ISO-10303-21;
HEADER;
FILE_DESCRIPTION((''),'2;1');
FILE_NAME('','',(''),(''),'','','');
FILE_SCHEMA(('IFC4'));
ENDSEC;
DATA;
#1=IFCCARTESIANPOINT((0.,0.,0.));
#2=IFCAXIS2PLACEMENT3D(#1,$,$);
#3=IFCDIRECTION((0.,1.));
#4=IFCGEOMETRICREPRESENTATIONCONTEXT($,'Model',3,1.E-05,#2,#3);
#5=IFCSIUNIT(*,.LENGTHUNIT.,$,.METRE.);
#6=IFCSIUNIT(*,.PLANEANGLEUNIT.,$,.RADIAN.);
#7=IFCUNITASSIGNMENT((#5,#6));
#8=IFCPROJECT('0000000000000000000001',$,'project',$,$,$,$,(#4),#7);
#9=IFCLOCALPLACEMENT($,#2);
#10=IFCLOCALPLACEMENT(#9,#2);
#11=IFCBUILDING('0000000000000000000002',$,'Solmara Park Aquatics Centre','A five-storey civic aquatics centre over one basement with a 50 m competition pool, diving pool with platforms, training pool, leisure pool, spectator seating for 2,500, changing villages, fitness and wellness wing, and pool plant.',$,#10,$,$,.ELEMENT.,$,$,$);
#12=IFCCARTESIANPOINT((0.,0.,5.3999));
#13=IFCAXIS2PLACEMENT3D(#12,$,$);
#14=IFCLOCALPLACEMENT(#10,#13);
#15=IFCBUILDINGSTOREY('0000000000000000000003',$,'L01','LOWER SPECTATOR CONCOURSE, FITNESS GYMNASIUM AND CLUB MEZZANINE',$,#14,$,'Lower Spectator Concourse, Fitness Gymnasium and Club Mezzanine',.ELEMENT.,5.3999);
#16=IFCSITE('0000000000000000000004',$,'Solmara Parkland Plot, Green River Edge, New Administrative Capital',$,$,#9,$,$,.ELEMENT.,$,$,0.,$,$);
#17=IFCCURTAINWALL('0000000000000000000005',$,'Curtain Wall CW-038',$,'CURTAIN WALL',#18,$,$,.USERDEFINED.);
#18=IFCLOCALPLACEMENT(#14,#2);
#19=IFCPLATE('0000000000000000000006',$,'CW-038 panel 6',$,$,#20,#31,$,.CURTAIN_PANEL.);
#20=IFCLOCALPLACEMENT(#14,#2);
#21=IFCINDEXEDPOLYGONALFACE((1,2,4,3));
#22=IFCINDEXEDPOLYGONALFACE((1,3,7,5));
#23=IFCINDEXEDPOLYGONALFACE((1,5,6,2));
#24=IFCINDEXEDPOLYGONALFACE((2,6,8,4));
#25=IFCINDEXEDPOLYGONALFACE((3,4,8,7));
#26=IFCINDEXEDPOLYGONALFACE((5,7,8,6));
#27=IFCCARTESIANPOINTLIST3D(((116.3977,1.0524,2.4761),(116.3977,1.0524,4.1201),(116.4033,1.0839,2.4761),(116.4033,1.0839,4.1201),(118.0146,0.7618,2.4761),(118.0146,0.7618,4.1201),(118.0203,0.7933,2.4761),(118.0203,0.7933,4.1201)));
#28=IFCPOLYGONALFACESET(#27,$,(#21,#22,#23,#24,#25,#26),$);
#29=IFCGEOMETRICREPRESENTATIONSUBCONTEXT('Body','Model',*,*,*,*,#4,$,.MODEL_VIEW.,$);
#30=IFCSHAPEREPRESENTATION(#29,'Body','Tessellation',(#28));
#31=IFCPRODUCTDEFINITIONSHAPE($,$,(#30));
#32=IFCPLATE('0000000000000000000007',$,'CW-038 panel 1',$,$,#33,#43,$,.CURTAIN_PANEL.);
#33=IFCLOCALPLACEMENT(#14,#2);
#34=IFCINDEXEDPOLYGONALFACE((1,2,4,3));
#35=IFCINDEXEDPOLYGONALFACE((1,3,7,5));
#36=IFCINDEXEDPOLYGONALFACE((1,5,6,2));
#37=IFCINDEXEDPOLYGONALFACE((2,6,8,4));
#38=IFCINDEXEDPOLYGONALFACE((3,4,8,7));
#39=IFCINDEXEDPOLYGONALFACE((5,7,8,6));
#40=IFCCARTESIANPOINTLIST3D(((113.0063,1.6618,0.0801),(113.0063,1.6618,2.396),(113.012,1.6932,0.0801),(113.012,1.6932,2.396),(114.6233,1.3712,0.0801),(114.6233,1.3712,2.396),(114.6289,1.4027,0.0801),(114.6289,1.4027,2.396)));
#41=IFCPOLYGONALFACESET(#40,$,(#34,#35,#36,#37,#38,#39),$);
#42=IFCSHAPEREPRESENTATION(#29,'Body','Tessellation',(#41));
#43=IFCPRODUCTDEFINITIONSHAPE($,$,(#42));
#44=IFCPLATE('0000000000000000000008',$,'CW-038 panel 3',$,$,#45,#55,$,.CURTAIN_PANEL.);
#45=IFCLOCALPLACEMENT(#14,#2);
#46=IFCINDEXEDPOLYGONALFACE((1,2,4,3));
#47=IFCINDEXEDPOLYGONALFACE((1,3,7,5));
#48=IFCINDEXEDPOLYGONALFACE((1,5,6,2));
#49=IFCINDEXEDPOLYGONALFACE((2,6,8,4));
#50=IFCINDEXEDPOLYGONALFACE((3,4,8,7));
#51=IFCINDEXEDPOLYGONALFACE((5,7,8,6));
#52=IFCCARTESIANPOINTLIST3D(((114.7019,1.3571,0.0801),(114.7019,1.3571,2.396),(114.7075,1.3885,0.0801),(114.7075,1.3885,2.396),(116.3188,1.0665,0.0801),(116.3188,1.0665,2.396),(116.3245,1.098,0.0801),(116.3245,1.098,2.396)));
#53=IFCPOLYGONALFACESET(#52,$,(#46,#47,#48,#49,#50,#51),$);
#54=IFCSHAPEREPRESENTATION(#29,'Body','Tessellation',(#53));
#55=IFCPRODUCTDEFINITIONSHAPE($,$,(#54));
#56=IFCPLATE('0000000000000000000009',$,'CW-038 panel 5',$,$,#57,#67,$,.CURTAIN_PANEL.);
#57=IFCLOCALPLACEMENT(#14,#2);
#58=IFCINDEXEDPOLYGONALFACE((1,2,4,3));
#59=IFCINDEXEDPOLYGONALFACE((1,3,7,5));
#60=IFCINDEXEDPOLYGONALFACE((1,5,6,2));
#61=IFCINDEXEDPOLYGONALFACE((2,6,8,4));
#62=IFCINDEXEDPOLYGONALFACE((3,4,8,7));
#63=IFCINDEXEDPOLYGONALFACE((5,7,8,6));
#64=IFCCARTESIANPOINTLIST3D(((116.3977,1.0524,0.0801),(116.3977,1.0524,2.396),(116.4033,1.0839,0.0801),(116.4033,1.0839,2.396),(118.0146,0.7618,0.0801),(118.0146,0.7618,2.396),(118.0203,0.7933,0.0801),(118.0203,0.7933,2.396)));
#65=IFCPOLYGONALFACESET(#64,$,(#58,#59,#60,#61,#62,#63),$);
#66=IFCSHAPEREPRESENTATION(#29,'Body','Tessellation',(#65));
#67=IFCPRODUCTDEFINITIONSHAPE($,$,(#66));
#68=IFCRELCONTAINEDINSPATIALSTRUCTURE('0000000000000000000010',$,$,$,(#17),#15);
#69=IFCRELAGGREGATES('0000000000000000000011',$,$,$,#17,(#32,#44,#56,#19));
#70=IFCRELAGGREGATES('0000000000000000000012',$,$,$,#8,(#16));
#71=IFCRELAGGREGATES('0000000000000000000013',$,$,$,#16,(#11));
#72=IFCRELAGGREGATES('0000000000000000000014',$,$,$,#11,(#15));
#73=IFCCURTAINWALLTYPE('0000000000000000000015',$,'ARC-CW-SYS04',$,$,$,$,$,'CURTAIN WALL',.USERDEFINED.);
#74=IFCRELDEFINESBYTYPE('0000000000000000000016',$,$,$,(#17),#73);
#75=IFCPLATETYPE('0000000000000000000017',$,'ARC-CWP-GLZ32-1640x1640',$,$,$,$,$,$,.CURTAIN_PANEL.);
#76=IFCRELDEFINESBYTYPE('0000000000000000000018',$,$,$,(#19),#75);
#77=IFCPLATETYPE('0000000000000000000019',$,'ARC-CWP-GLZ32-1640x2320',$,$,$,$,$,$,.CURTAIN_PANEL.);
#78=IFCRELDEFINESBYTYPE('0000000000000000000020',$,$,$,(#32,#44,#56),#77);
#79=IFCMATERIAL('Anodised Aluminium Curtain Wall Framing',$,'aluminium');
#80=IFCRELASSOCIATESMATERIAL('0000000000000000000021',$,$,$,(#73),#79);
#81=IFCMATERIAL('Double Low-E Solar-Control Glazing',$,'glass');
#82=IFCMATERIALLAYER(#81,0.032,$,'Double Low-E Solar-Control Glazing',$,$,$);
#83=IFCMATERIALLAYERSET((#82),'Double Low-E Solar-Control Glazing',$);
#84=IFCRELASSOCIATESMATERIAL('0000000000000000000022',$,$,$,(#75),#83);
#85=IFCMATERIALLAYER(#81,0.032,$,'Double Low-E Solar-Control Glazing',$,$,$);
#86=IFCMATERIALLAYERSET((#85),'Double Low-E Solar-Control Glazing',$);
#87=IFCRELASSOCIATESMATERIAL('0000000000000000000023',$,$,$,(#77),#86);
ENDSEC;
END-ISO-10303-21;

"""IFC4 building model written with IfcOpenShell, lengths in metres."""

from ifc_helpers import new_model, si_unit, direction, frame, origin, origin_2d, place, context, subcontext, project, spatial, rectangle, extrude, material, layer, layer_set, type_object, element, aggregate, save


model = new_model("IFC4")

# Units and contexts
model_context = context("Model", 3, precision=1e-05, world=origin(), true_north=direction((0.0, 1.0)))
body_context = subcontext(model_context, "Body", "Model", "MODEL_VIEW")
ifc_project = project(units=[si_unit("LENGTHUNIT", "METRE"), si_unit("PLANEANGLEUNIT", "RADIAN")], contexts=[model_context])

# Site, building, storey
site_placement = place(None, origin())
site = spatial("IfcSite", under=ifc_project, at=site_placement, Name="Solmara Parkland Plot, Green River Edge, New Administrative Capital", CompositionType="ELEMENT", RefElevation=0.0)
building_placement = place(site_placement, origin())
building = spatial("IfcBuilding", under=site, at=building_placement, Name="Solmara Park Aquatics Centre", Description="A five-storey civic aquatics centre over one basement with a 50 m competition pool, diving pool with platforms, training pool, leisure pool, spectator seating for 2,500, changing villages, fitness and wellness wing, and pool plant.", CompositionType="ELEMENT")
storey_placement = place(building_placement, frame((0.0, 0.0, 5.3999)))
storey = spatial("IfcBuildingStorey", under=building, at=storey_placement, Name="L01", Description="LOWER SPECTATOR CONCOURSE, FITNESS GYMNASIUM AND CLUB MEZZANINE", LongName="Lower Spectator Concourse, Fitness Gymnasium and Club Mezzanine", CompositionType="ELEMENT", Elevation=5.3999)

# Curtain wall
ifc_material_1 = material(Name="Anodised Aluminium Curtain Wall Framing", Category="aluminium")
curtain_wall_type = type_object("IfcCurtainWallType", Name="ARC-CW-SYS04", ElementType="CURTAIN WALL", PredefinedType="USERDEFINED", material=ifc_material_1)
curtain_wall_1_placement = place(storey_placement, origin())
curtain_wall_1 = element("IfcCurtainWall", 1, at=curtain_wall_1_placement, inside=storey, type_object=curtain_wall_type, Name="Curtain Wall CW-038", ObjectType="CURTAIN WALL", PredefinedType="USERDEFINED")

# Plates
ifc_material_2 = material(Name="Double Low-E Solar-Control Glazing", Category="glass")
ifc_layer_1 = layer(ifc_material_2, 0.032, Name="Double Low-E Solar-Control Glazing")
ifc_layer_set_1 = layer_set([ifc_layer_1], Name="Double Low-E Solar-Control Glazing")
plate_type_1 = type_object("IfcPlateType", Name="ARC-CWP-GLZ32-1640x1640", PredefinedType="CURTAIN_PANEL", material=ifc_layer_set_1)
plate_1_placement = place(storey_placement, frame((117.209, 0.9229, 2.4761), z_axis=(0.0, 0.0, 1.0), x_axis=(0.984239, -0.176846, 0.0)))
plate_1 = element("IfcPlate", 2, at=plate_1_placement, type_object=plate_type_1, Name="CW-038 panel 6", PredefinedType="CURTAIN_PANEL", context=body_context, shape_type="SweptSolid", body=[
    extrude(rectangle(XDim=1.6428, YDim=0.032, at=origin_2d()), origin(), (0.0, 0.0, 1.0), 1.644),
])
ifc_layer_2 = layer(ifc_material_2, 0.032, Name="Double Low-E Solar-Control Glazing")
ifc_layer_set_2 = layer_set([ifc_layer_2], Name="Double Low-E Solar-Control Glazing")
plate_type_2 = type_object("IfcPlateType", Name="ARC-CWP-GLZ32-1640x2320", PredefinedType="CURTAIN_PANEL", material=ifc_layer_set_2)
plate_2_placement = place(storey_placement, frame((113.8176, 1.5322, 0.0801), z_axis=(0.0, 0.0, 1.0), x_axis=(0.984239, -0.176846, 0.0)))
plate_2 = element("IfcPlate", 3, at=plate_2_placement, type_object=plate_type_2, Name="CW-038 panel 1", PredefinedType="CURTAIN_PANEL", context=body_context, shape_type="SweptSolid", body=[
    extrude(rectangle(XDim=1.6428, YDim=0.032, at=origin_2d()), origin(), (0.0, 0.0, 1.0), 2.3159),
])
plate_3_placement = place(storey_placement, frame((115.5132, 1.2275, 0.0801), z_axis=(0.0, 0.0, 1.0), x_axis=(0.984239, -0.176846, 0.0)))
plate_3 = element("IfcPlate", 4, at=plate_3_placement, type_object=plate_type_2, Name="CW-038 panel 3", PredefinedType="CURTAIN_PANEL", context=body_context, shape_type="SweptSolid", body=[
    extrude(rectangle(XDim=1.6428, YDim=0.032, at=origin_2d()), origin(), (0.0, 0.0, 1.0), 2.3159),
])
plate_4_placement = place(storey_placement, frame((117.209, 0.9229, 0.0801), z_axis=(0.0, 0.0, 1.0), x_axis=(0.984239, -0.176846, 0.0)))
plate_4 = element("IfcPlate", 5, at=plate_4_placement, type_object=plate_type_2, Name="CW-038 panel 5", PredefinedType="CURTAIN_PANEL", context=body_context, shape_type="SweptSolid", body=[
    extrude(rectangle(XDim=1.6428, YDim=0.032, at=origin_2d()), origin(), (0.0, 0.0, 1.0), 2.3159),
])
aggregate(curtain_wall_1, [plate_2, plate_3, plate_4, plate_1])

save(model, "model.ifc")
